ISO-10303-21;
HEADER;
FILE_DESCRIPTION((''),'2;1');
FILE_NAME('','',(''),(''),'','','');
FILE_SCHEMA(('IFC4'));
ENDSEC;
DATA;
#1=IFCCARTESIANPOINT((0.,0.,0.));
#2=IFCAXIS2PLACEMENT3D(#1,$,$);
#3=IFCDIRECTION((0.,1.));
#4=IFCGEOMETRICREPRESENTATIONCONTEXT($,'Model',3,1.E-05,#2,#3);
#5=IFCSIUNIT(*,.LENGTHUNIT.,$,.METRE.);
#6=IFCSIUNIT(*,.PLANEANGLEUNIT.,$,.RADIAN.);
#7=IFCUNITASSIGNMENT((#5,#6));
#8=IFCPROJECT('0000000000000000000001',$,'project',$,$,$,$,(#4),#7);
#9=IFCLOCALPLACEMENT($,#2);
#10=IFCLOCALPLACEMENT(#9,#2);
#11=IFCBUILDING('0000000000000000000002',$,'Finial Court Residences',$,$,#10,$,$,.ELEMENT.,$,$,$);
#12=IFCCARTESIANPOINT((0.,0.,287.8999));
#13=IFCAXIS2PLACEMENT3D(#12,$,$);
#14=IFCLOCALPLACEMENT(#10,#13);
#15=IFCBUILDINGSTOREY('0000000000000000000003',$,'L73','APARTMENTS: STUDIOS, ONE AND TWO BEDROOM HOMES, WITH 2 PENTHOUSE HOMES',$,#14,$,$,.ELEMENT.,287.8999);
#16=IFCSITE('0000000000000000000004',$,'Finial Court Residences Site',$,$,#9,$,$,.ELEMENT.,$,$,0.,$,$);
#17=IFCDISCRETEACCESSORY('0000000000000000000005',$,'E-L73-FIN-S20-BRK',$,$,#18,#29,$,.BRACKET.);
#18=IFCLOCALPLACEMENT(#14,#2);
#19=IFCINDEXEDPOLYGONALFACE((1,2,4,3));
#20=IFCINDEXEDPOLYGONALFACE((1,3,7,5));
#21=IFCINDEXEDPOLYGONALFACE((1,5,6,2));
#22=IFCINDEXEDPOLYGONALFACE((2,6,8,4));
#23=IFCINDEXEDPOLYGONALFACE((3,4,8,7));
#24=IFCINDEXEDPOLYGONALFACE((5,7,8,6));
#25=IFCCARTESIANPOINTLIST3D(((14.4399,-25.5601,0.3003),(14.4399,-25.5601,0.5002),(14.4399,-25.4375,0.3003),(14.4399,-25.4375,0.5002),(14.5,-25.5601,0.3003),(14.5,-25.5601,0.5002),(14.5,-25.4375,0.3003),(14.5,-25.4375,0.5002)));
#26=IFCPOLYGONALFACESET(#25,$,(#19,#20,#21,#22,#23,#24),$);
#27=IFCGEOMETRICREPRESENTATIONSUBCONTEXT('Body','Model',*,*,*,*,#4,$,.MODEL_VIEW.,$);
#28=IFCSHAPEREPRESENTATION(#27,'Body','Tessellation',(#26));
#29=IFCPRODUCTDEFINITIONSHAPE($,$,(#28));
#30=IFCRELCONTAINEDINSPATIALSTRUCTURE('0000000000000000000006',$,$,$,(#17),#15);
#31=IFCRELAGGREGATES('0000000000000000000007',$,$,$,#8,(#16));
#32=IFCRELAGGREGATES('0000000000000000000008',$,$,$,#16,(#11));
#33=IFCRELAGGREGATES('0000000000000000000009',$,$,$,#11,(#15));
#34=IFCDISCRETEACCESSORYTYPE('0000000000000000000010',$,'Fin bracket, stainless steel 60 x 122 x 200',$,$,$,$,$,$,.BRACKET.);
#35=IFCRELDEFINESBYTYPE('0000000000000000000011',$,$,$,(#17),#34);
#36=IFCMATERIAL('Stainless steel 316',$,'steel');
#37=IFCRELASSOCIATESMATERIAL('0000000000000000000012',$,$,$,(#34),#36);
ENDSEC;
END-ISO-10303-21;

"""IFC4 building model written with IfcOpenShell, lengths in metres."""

from ifc_helpers import new_model, si_unit, direction, frame, origin, origin_2d, place, context, subcontext, project, spatial, rectangle, extrude, material, type_object, element, save


model = new_model("IFC4")

# Units and contexts
model_context = context("Model", 3, precision=1e-05, world=origin(), true_north=direction((0.0, 1.0)))
body_context = subcontext(model_context, "Body", "Model", "MODEL_VIEW")
ifc_project = project(units=[si_unit("LENGTHUNIT", "METRE"), si_unit("PLANEANGLEUNIT", "RADIAN")], contexts=[model_context])

# Site, building, storey
site_placement = place(None, origin())
site = spatial("IfcSite", under=ifc_project, at=site_placement, Name="Finial Court Residences Site", CompositionType="ELEMENT", RefElevation=0.0)
building_placement = place(site_placement, origin())
building = spatial("IfcBuilding", under=site, at=building_placement, Name="Finial Court Residences", CompositionType="ELEMENT")
storey_placement = place(building_placement, frame((0.0, 0.0, 287.8999)))
storey = spatial("IfcBuildingStorey", under=building, at=storey_placement, Name="L73", Description="APARTMENTS: STUDIOS, ONE AND TWO BEDROOM HOMES, WITH 2 PENTHOUSE HOMES", CompositionType="ELEMENT", Elevation=287.8999)

# Discrete accessory
ifc_material_1 = material(Name="Stainless steel 316", Category="steel")
discrete_accessory_type = type_object("IfcDiscreteAccessoryType", Name="Fin bracket, stainless steel 60 x 122 x 200", PredefinedType="BRACKET", material=ifc_material_1)
for number, where, z_axis, x_axis, name in (
    (1, (14.47, -25.4988, 0.3003), (0.0, 0.0, 1.0), (1.0, 0.0, 0.0), "E-L73-FIN-S20-BRK"),
):
    element("IfcDiscreteAccessory", number, at=place(storey_placement, frame(where, z_axis=z_axis, x_axis=x_axis)), inside=storey, type_object=discrete_accessory_type, Name=name, PredefinedType="BRACKET", context=body_context, shape_type="SweptSolid", body=[
        extrude(rectangle(XDim=0.0601, YDim=0.1226, at=origin_2d()), origin(), (0.0, 0.0, 1.0), 0.2),
    ])

save(model, "model.ifc")
